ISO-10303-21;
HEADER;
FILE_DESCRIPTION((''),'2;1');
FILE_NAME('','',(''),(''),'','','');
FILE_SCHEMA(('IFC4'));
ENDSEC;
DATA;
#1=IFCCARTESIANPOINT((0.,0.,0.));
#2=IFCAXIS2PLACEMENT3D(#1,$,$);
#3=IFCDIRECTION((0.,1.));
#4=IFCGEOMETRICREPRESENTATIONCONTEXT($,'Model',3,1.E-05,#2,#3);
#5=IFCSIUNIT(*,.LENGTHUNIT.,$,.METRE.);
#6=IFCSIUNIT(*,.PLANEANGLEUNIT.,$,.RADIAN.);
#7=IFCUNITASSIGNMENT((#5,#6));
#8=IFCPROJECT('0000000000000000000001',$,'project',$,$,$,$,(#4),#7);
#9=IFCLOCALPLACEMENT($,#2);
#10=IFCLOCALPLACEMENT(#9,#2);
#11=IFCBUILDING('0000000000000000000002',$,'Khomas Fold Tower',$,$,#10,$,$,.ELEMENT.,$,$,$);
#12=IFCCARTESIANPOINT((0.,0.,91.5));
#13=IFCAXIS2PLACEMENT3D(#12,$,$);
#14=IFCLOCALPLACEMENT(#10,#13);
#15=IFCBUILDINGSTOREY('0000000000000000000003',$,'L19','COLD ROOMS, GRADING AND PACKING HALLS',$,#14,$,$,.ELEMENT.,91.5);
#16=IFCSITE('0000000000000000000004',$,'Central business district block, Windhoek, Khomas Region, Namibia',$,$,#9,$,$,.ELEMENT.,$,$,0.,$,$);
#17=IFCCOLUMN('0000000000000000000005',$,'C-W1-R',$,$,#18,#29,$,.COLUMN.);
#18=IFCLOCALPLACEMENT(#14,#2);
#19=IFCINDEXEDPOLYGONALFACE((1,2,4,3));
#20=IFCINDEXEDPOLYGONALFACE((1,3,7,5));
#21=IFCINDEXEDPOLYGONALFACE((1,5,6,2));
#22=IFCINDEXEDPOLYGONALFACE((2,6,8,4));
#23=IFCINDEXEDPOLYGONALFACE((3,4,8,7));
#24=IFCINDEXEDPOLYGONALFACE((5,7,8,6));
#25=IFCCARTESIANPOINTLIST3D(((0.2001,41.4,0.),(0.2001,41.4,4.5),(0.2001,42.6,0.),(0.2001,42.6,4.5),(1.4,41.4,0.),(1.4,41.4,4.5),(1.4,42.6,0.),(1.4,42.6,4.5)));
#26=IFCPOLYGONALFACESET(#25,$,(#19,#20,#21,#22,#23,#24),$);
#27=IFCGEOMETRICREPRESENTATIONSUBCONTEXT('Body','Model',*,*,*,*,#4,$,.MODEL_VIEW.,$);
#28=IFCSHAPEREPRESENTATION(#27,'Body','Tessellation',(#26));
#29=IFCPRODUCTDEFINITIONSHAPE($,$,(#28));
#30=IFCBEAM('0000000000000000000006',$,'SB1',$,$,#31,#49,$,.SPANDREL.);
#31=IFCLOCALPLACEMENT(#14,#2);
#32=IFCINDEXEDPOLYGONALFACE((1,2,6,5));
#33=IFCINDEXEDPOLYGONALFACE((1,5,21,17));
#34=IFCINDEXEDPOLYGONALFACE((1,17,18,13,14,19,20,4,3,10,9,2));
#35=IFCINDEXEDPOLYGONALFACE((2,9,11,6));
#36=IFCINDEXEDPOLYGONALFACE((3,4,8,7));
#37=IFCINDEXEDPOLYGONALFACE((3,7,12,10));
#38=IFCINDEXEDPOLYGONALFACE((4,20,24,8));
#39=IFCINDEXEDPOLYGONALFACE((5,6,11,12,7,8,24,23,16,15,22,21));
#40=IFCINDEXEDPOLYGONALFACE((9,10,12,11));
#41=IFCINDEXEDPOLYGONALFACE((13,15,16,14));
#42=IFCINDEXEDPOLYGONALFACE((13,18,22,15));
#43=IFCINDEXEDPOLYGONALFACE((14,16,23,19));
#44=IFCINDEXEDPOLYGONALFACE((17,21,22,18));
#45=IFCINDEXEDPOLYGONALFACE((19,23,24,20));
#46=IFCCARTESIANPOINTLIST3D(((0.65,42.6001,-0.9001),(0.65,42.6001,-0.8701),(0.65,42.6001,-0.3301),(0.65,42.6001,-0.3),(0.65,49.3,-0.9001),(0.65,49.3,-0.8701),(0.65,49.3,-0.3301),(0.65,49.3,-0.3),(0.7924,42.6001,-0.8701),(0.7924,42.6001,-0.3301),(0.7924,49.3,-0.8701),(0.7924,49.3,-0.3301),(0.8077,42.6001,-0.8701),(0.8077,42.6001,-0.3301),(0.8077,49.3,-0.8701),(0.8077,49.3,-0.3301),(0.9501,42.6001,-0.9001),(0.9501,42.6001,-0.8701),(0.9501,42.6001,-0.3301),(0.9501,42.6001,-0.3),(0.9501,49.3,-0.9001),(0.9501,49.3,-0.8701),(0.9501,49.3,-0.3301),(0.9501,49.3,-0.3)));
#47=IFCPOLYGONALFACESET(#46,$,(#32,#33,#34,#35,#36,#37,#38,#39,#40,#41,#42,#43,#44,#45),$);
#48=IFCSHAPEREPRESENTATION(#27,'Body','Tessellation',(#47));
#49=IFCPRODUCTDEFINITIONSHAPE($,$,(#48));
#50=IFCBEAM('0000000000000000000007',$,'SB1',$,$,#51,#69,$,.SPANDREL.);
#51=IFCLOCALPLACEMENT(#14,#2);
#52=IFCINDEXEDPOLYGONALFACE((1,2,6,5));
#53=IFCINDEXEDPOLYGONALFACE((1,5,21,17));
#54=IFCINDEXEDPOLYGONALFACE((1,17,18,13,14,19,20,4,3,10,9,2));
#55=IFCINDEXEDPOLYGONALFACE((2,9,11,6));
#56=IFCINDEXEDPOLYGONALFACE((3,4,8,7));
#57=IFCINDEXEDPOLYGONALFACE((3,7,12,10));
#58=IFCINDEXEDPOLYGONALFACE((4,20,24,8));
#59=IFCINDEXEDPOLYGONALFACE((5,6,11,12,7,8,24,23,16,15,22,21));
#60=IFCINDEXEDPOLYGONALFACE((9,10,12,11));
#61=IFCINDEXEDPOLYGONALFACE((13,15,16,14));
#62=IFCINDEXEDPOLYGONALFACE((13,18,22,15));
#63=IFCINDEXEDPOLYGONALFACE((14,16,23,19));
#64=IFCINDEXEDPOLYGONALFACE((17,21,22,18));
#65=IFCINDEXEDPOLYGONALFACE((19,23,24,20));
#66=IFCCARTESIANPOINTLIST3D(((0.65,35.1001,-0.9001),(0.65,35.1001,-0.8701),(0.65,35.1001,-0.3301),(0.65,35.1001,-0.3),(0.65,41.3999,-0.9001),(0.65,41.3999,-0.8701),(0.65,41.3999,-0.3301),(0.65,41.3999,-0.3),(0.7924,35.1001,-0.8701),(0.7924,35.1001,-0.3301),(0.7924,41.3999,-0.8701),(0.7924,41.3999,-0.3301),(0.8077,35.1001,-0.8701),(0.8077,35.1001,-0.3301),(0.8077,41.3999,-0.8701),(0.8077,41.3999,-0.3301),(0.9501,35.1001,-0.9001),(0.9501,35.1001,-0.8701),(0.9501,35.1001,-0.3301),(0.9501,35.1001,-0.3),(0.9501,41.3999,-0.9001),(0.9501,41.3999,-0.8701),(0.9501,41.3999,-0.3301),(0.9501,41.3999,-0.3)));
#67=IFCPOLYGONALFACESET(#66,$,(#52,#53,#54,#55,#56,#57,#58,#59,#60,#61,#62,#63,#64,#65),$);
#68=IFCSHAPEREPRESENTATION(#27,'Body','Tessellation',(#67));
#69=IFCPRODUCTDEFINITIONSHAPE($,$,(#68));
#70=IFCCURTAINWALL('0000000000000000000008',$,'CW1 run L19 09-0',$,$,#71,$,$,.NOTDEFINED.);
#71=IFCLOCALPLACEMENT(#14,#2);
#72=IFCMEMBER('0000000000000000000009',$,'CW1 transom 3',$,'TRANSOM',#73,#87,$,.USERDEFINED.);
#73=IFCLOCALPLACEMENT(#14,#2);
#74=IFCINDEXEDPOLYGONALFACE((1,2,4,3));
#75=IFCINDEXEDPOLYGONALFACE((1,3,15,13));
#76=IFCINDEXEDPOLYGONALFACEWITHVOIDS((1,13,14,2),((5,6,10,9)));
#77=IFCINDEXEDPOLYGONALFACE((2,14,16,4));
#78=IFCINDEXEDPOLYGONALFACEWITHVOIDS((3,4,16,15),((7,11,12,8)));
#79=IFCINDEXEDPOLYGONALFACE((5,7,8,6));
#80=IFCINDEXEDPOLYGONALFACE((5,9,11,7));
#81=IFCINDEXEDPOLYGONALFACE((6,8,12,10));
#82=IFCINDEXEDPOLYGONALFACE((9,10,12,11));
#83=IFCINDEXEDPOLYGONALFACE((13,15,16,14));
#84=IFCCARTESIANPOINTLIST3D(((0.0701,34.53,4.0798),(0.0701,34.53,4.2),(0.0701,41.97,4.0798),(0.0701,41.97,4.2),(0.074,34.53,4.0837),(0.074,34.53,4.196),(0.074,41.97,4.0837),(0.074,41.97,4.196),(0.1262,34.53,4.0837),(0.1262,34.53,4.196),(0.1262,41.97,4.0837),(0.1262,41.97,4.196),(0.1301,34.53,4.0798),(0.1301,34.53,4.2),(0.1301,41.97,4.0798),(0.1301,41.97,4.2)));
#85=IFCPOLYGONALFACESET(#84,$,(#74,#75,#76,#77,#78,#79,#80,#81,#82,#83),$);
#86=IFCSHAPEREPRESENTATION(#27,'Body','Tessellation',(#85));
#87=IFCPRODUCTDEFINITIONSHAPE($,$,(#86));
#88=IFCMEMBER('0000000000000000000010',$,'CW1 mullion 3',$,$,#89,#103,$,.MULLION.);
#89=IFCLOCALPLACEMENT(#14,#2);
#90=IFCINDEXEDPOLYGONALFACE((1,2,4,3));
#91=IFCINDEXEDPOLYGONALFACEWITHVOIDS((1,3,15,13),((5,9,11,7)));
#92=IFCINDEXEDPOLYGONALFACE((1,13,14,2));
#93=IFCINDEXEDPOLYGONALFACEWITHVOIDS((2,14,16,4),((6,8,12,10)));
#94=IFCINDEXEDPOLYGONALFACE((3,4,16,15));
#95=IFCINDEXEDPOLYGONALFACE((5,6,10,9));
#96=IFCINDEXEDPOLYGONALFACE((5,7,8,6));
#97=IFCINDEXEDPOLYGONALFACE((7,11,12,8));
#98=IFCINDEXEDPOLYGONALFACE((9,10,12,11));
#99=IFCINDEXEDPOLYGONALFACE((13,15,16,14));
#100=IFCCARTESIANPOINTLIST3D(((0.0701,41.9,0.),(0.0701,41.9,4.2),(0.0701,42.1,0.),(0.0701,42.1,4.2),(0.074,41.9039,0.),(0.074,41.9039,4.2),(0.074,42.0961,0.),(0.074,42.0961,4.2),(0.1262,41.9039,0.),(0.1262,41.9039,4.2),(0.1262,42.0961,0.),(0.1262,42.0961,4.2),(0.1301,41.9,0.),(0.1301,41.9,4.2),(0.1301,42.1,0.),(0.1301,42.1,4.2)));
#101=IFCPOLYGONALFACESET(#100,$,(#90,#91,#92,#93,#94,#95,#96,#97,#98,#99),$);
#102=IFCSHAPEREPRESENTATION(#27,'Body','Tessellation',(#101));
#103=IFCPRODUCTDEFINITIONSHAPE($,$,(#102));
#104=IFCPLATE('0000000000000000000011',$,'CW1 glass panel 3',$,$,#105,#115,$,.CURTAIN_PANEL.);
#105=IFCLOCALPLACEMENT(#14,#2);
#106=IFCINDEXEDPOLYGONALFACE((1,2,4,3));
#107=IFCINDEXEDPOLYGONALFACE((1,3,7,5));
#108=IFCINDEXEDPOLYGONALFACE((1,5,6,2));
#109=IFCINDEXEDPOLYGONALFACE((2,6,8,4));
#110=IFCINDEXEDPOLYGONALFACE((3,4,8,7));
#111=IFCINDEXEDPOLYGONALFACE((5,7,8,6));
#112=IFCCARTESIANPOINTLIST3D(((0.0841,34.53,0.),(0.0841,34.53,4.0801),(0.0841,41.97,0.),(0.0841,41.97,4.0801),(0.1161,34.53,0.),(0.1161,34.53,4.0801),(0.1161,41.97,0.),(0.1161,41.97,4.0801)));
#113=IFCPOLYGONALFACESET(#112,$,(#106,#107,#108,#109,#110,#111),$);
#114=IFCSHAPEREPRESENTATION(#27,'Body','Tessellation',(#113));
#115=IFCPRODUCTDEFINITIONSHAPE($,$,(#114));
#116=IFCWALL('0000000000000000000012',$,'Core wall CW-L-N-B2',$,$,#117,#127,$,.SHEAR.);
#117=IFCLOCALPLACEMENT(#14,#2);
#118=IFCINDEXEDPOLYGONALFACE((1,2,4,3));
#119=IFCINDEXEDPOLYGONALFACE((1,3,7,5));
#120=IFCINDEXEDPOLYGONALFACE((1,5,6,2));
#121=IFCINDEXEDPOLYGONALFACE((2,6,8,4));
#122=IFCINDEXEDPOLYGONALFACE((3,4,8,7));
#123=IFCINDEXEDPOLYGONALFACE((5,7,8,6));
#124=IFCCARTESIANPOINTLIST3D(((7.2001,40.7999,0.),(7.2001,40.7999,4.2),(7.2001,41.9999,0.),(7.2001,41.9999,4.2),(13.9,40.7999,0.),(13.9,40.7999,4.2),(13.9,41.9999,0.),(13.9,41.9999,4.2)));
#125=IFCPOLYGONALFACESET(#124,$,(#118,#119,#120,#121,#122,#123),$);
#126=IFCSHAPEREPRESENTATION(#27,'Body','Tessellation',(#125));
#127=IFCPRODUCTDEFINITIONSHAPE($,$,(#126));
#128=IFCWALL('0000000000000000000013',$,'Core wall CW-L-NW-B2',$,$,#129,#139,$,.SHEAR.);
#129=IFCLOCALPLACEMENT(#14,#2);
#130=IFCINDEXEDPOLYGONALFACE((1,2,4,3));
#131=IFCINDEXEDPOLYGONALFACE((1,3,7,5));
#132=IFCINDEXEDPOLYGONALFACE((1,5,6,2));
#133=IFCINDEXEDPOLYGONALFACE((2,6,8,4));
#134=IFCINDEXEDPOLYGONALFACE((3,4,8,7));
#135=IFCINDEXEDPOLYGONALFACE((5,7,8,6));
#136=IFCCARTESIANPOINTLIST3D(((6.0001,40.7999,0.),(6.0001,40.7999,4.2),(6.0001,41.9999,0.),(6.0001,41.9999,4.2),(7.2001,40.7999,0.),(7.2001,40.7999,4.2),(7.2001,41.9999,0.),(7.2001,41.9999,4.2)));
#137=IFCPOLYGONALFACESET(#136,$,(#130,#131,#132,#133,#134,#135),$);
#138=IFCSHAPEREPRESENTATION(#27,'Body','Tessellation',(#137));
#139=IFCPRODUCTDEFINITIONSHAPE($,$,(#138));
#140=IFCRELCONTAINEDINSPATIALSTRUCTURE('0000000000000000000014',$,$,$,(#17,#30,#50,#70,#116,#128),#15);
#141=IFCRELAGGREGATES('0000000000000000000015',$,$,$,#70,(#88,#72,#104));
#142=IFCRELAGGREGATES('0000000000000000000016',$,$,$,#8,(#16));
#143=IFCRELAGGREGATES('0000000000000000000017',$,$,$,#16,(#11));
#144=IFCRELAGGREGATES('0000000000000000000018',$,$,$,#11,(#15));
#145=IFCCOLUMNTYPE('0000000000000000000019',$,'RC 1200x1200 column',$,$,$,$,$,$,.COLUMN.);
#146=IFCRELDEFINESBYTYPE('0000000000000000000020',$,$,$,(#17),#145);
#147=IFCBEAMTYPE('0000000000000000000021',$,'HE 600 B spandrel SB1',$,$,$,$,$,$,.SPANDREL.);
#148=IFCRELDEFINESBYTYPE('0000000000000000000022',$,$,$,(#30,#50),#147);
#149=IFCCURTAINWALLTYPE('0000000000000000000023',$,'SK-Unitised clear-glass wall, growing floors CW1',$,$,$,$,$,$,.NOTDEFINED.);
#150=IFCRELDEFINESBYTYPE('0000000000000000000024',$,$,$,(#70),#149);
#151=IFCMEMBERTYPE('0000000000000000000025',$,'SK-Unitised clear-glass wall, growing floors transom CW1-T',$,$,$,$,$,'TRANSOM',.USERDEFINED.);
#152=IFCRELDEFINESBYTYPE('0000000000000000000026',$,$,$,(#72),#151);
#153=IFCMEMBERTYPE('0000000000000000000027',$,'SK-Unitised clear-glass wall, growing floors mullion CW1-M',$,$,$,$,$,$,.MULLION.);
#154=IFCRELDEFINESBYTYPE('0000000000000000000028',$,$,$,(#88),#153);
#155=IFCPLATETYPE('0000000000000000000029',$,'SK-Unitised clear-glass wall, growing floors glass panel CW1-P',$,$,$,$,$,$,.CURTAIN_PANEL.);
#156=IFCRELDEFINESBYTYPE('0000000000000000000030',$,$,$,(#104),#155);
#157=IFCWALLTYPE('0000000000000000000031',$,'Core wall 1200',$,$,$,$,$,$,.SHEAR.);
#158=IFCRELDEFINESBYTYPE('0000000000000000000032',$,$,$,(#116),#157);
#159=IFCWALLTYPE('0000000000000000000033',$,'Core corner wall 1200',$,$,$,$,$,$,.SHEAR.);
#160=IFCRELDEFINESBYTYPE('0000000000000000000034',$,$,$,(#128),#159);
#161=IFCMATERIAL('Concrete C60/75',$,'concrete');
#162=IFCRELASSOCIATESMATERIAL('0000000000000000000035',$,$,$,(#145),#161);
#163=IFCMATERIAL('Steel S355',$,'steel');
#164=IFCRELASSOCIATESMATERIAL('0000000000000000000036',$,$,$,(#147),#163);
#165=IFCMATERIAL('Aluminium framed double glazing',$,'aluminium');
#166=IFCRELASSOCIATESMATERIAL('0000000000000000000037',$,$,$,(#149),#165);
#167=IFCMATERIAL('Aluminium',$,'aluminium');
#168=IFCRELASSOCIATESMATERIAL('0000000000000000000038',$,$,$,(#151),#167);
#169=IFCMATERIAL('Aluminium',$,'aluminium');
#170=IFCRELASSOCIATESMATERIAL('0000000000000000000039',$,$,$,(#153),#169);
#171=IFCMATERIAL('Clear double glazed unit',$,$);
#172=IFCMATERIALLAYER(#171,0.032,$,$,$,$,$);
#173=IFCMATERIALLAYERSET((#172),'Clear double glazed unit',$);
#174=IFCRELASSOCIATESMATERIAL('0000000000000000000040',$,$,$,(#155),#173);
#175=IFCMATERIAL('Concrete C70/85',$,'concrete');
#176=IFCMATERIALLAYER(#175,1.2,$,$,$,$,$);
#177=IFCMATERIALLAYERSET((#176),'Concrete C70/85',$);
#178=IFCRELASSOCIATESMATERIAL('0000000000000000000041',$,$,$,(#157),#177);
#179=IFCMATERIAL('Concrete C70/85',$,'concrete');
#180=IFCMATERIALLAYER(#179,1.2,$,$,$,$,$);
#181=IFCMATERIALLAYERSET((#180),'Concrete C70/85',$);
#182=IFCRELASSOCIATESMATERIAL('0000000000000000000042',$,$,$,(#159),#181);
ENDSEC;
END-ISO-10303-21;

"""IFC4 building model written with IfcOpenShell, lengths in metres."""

from ifc_helpers import new_model, si_unit, direction, frame, frame_2d, origin, origin_2d, place, context, subcontext, project, spatial, rectangle, hollow_rectangle, i_section, extrude, source, transform, mapped, material, layer, layer_set, material_profile, profile_set, type_object, element, aggregate, save


model = new_model("IFC4")

# Units and contexts
model_context = context("Model", 3, precision=1e-05, world=origin(), true_north=direction((0.0, 1.0)))
body_context = subcontext(model_context, "Body", "Model", "MODEL_VIEW")
ifc_project = project(units=[si_unit("LENGTHUNIT", "METRE"), si_unit("PLANEANGLEUNIT", "RADIAN")], contexts=[model_context])

# Site, building, storey
site_placement = place(None, origin())
site = spatial("IfcSite", under=ifc_project, at=site_placement, Name="Central business district block, Windhoek, Khomas Region, Namibia", CompositionType="ELEMENT", RefElevation=0.0)
building_placement = place(site_placement, origin())
building = spatial("IfcBuilding", under=site, at=building_placement, Name="Khomas Fold Tower", CompositionType="ELEMENT")
storey_placement = place(building_placement, frame((0.0, 0.0, 91.5)))
storey = spatial("IfcBuildingStorey", under=building, at=storey_placement, Name="L19", Description="COLD ROOMS, GRADING AND PACKING HALLS", CompositionType="ELEMENT", Elevation=91.5)

# Column
ifc_material_1 = material(Name="Concrete C60/75", Category="concrete")
ifc_material_profile_1 = material_profile(ifc_material_1, rectangle(XDim=1.2, YDim=1.2, at=origin_2d()), Name="RC 1200x1200")
ifc_profile_set_1 = profile_set([ifc_material_profile_1], Name="Concrete C60/75")
column_type = type_object("IfcColumnType", Name="RC 1200x1200 column", PredefinedType="COLUMN", material=ifc_profile_set_1)
shared_shape_1 = source(origin(), body_context, "Body", "SweptSolid", [
    extrude(rectangle(XDim=1.2, YDim=1.2, at=origin_2d()), origin(), (0.0, 0.0, 1.0), 4.5),
])
column_placement = place(storey_placement, frame((0.8, 42.0, 0.0), z_axis=(0.0, 0.0, 1.0), x_axis=(1.0, 0.0, 0.0)))
element("IfcColumn", 1, at=column_placement, inside=storey, type_object=column_type, Name="C-W1-R", PredefinedType="COLUMN", context=body_context, shape_type="MappedRepresentation", body=[
    mapped(shared_shape_1, transform((0.0, 0.0, 0.0))),
])

# Beams
ifc_material_2 = material(Name="Steel S355", Category="steel")
ifc_material_profile_2 = material_profile(ifc_material_2, i_section(OverallWidth=0.3, OverallDepth=0.6001, WebThickness=0.0154, FlangeThickness=0.03, at=origin_2d()), Name="HE 600 B")
ifc_profile_set_2 = profile_set([ifc_material_profile_2], Name="Steel S355")
beam_type = type_object("IfcBeamType", Name="HE 600 B spandrel SB1", PredefinedType="SPANDREL", material=ifc_profile_set_2)
shared_shape_2 = source(origin(), body_context, "Body", "SweptSolid", [
    extrude(i_section(OverallWidth=0.3, OverallDepth=0.6001, WebThickness=0.0154, FlangeThickness=0.03, at=origin_2d()), origin(), (0.0, 0.0, 1.0), 6.7),
])
beam_1_placement = place(storey_placement, frame((0.8, 42.6001, -0.6001), z_axis=(0.0, 1.0, 0.0), x_axis=(-1.0, 0.0, 0.0)))
element("IfcBeam", 2, at=beam_1_placement, inside=storey, type_object=beam_type, Name="SB1", PredefinedType="SPANDREL", context=body_context, shape_type="MappedRepresentation", body=[
    mapped(shared_shape_2, transform((0.0, 0.0, 0.0))),
])
shared_shape_3 = source(origin(), body_context, "Body", "SweptSolid", [
    extrude(i_section(OverallWidth=0.3, OverallDepth=0.6001, WebThickness=0.0154, FlangeThickness=0.03, at=origin_2d()), origin(), (0.0, 0.0, 1.0), 6.2998),
])
beam_2_placement = place(storey_placement, frame((0.8, 35.1001, -0.6001), z_axis=(0.0, 1.0, 0.0), x_axis=(-1.0, 0.0, 0.0)))
element("IfcBeam", 3, at=beam_2_placement, inside=storey, type_object=beam_type, Name="SB1", PredefinedType="SPANDREL", context=body_context, shape_type="MappedRepresentation", body=[
    mapped(shared_shape_3, transform((0.0, 0.0, 0.0))),
])

# Curtain wall, members, plate
ifc_material_3 = material(Name="Aluminium framed double glazing", Category="aluminium")
curtain_wall_type = type_object("IfcCurtainWallType", Name="SK-Unitised clear-glass wall, growing floors CW1", PredefinedType="NOTDEFINED", material=ifc_material_3)
curtain_wall_placement = place(storey_placement, origin())
curtain_wall = element("IfcCurtainWall", 4, at=curtain_wall_placement, inside=storey, type_object=curtain_wall_type, Name="CW1 run L19 09-0", PredefinedType="NOTDEFINED")
ifc_material_4 = material(Name="Aluminium", Category="aluminium")
ifc_material_profile_3 = material_profile(ifc_material_4, hollow_rectangle(XDim=0.0601, YDim=0.1201, WallThickness=0.0039, at=origin_2d()), Name="SK-Unitised clear-glass wall, growing floors transom CW1-T")
ifc_profile_set_3 = profile_set([ifc_material_profile_3], Name="Aluminium")
member_type_1 = type_object("IfcMemberType", Name="SK-Unitised clear-glass wall, growing floors transom CW1-T", ElementType="TRANSOM", PredefinedType="USERDEFINED", material=ifc_profile_set_3)
shared_shape_4 = source(origin(), body_context, "Body", "SweptSolid", [
    extrude(hollow_rectangle(XDim=0.0601, YDim=0.1201, WallThickness=0.0039, at=origin_2d()), origin(), (0.0, 0.0, 1.0), 7.4399),
])
member_1_placement = place(storey_placement, frame((0.1001, 41.97, 4.1399), z_axis=(0.0, -1.0, 0.0), x_axis=(1.0, 0.0, 0.0)))
member_1 = element("IfcMember", 5, at=member_1_placement, type_object=member_type_1, Name="CW1 transom 3", ObjectType="TRANSOM", PredefinedType="USERDEFINED", context=body_context, shape_type="MappedRepresentation", body=[
    mapped(shared_shape_4, transform((0.0, 0.0, 0.0))),
])
ifc_material_5 = material(Name="Aluminium", Category="aluminium")
ifc_material_profile_4 = material_profile(ifc_material_5, hollow_rectangle(XDim=0.0601, YDim=0.2, WallThickness=0.0039, at=origin_2d()), Name="SK-Unitised clear-glass wall, growing floors mullion CW1-M")
ifc_profile_set_4 = profile_set([ifc_material_profile_4], Name="Aluminium")
member_type_2 = type_object("IfcMemberType", Name="SK-Unitised clear-glass wall, growing floors mullion CW1-M", PredefinedType="MULLION", material=ifc_profile_set_4)
shared_shape_5 = source(origin(), body_context, "Body", "SweptSolid", [
    extrude(hollow_rectangle(XDim=0.0601, YDim=0.2, WallThickness=0.0039, at=origin_2d()), origin(), (0.0, 0.0, 1.0), 4.2),
])
member_2_placement = place(storey_placement, frame((0.1001, 42.0, 0.0), z_axis=(0.0, 0.0, 1.0), x_axis=(1.0, 0.0, 0.0)))
member_2 = element("IfcMember", 6, at=member_2_placement, type_object=member_type_2, Name="CW1 mullion 3", PredefinedType="MULLION", context=body_context, shape_type="MappedRepresentation", body=[
    mapped(shared_shape_5, transform((0.0, 0.0, 0.0))),
])
ifc_material_6 = material(Name="Clear double glazed unit")
ifc_layer_1 = layer(ifc_material_6, 0.032)
ifc_layer_set_1 = layer_set([ifc_layer_1], Name="Clear double glazed unit")
plate_type = type_object("IfcPlateType", Name="SK-Unitised clear-glass wall, growing floors glass panel CW1-P", PredefinedType="CURTAIN_PANEL", material=ifc_layer_set_1)
shared_shape_6 = source(origin(), body_context, "Body", "SweptSolid", [
    extrude(rectangle(XDim=7.4399, YDim=0.032, at=origin_2d()), origin(), (0.0, 0.0, 1.0), 4.0801),
])
plate_placement = place(storey_placement, frame((0.1001, 38.25, 0.0), z_axis=(0.0, 0.0, 1.0), x_axis=(0.0, -1.0, 0.0)))
plate = element("IfcPlate", 7, at=plate_placement, type_object=plate_type, Name="CW1 glass panel 3", PredefinedType="CURTAIN_PANEL", context=body_context, shape_type="MappedRepresentation", body=[
    mapped(shared_shape_6, transform((0.0, 0.0, 0.0))),
])
aggregate(curtain_wall, [member_2, member_1, plate])

# Walls
ifc_material_7 = material(Name="Concrete C70/85", Category="concrete")
ifc_layer_2 = layer(ifc_material_7, 1.2)
ifc_layer_set_2 = layer_set([ifc_layer_2], Name="Concrete C70/85")
wall_type_1 = type_object("IfcWallType", Name="Core wall 1200", PredefinedType="SHEAR", material=ifc_layer_set_2)
shared_shape_7 = source(origin(), body_context, "Body", "SweptSolid", [
    extrude(rectangle(XDim=6.7, YDim=1.2, at=frame_2d((3.3501, 0.0))), origin(), (0.0, 0.0, 1.0), 4.2),
])
wall_1_placement = place(storey_placement, frame((7.2, 41.3999, 0.0), z_axis=(0.0, 0.0, 1.0), x_axis=(1.0, 0.0, 0.0)))
element("IfcWall", 8, at=wall_1_placement, inside=storey, type_object=wall_type_1, Name="Core wall CW-L-N-B2", PredefinedType="SHEAR", context=body_context, shape_type="MappedRepresentation", body=[
    mapped(shared_shape_7, transform((0.0, 0.0, 0.0))),
])
ifc_material_8 = material(Name="Concrete C70/85", Category="concrete")
ifc_layer_3 = layer(ifc_material_8, 1.2)
ifc_layer_set_3 = layer_set([ifc_layer_3], Name="Concrete C70/85")
wall_type_2 = type_object("IfcWallType", Name="Core corner wall 1200", PredefinedType="SHEAR", material=ifc_layer_set_3)
shared_shape_8 = source(origin(), body_context, "Body", "SweptSolid", [
    extrude(rectangle(XDim=1.2, YDim=1.2, at=frame_2d((0.6001, 0.0))), origin(), (0.0, 0.0, 1.0), 4.2),
])
wall_2_placement = place(storey_placement, frame((6.0, 41.3999, 0.0), z_axis=(0.0, 0.0, 1.0), x_axis=(1.0, 0.0, 0.0)))
element("IfcWall", 9, at=wall_2_placement, inside=storey, type_object=wall_type_2, Name="Core wall CW-L-NW-B2", PredefinedType="SHEAR", context=body_context, shape_type="MappedRepresentation", body=[
    mapped(shared_shape_8, transform((0.0, 0.0, 0.0))),
])

save(model, "model.ifc")
